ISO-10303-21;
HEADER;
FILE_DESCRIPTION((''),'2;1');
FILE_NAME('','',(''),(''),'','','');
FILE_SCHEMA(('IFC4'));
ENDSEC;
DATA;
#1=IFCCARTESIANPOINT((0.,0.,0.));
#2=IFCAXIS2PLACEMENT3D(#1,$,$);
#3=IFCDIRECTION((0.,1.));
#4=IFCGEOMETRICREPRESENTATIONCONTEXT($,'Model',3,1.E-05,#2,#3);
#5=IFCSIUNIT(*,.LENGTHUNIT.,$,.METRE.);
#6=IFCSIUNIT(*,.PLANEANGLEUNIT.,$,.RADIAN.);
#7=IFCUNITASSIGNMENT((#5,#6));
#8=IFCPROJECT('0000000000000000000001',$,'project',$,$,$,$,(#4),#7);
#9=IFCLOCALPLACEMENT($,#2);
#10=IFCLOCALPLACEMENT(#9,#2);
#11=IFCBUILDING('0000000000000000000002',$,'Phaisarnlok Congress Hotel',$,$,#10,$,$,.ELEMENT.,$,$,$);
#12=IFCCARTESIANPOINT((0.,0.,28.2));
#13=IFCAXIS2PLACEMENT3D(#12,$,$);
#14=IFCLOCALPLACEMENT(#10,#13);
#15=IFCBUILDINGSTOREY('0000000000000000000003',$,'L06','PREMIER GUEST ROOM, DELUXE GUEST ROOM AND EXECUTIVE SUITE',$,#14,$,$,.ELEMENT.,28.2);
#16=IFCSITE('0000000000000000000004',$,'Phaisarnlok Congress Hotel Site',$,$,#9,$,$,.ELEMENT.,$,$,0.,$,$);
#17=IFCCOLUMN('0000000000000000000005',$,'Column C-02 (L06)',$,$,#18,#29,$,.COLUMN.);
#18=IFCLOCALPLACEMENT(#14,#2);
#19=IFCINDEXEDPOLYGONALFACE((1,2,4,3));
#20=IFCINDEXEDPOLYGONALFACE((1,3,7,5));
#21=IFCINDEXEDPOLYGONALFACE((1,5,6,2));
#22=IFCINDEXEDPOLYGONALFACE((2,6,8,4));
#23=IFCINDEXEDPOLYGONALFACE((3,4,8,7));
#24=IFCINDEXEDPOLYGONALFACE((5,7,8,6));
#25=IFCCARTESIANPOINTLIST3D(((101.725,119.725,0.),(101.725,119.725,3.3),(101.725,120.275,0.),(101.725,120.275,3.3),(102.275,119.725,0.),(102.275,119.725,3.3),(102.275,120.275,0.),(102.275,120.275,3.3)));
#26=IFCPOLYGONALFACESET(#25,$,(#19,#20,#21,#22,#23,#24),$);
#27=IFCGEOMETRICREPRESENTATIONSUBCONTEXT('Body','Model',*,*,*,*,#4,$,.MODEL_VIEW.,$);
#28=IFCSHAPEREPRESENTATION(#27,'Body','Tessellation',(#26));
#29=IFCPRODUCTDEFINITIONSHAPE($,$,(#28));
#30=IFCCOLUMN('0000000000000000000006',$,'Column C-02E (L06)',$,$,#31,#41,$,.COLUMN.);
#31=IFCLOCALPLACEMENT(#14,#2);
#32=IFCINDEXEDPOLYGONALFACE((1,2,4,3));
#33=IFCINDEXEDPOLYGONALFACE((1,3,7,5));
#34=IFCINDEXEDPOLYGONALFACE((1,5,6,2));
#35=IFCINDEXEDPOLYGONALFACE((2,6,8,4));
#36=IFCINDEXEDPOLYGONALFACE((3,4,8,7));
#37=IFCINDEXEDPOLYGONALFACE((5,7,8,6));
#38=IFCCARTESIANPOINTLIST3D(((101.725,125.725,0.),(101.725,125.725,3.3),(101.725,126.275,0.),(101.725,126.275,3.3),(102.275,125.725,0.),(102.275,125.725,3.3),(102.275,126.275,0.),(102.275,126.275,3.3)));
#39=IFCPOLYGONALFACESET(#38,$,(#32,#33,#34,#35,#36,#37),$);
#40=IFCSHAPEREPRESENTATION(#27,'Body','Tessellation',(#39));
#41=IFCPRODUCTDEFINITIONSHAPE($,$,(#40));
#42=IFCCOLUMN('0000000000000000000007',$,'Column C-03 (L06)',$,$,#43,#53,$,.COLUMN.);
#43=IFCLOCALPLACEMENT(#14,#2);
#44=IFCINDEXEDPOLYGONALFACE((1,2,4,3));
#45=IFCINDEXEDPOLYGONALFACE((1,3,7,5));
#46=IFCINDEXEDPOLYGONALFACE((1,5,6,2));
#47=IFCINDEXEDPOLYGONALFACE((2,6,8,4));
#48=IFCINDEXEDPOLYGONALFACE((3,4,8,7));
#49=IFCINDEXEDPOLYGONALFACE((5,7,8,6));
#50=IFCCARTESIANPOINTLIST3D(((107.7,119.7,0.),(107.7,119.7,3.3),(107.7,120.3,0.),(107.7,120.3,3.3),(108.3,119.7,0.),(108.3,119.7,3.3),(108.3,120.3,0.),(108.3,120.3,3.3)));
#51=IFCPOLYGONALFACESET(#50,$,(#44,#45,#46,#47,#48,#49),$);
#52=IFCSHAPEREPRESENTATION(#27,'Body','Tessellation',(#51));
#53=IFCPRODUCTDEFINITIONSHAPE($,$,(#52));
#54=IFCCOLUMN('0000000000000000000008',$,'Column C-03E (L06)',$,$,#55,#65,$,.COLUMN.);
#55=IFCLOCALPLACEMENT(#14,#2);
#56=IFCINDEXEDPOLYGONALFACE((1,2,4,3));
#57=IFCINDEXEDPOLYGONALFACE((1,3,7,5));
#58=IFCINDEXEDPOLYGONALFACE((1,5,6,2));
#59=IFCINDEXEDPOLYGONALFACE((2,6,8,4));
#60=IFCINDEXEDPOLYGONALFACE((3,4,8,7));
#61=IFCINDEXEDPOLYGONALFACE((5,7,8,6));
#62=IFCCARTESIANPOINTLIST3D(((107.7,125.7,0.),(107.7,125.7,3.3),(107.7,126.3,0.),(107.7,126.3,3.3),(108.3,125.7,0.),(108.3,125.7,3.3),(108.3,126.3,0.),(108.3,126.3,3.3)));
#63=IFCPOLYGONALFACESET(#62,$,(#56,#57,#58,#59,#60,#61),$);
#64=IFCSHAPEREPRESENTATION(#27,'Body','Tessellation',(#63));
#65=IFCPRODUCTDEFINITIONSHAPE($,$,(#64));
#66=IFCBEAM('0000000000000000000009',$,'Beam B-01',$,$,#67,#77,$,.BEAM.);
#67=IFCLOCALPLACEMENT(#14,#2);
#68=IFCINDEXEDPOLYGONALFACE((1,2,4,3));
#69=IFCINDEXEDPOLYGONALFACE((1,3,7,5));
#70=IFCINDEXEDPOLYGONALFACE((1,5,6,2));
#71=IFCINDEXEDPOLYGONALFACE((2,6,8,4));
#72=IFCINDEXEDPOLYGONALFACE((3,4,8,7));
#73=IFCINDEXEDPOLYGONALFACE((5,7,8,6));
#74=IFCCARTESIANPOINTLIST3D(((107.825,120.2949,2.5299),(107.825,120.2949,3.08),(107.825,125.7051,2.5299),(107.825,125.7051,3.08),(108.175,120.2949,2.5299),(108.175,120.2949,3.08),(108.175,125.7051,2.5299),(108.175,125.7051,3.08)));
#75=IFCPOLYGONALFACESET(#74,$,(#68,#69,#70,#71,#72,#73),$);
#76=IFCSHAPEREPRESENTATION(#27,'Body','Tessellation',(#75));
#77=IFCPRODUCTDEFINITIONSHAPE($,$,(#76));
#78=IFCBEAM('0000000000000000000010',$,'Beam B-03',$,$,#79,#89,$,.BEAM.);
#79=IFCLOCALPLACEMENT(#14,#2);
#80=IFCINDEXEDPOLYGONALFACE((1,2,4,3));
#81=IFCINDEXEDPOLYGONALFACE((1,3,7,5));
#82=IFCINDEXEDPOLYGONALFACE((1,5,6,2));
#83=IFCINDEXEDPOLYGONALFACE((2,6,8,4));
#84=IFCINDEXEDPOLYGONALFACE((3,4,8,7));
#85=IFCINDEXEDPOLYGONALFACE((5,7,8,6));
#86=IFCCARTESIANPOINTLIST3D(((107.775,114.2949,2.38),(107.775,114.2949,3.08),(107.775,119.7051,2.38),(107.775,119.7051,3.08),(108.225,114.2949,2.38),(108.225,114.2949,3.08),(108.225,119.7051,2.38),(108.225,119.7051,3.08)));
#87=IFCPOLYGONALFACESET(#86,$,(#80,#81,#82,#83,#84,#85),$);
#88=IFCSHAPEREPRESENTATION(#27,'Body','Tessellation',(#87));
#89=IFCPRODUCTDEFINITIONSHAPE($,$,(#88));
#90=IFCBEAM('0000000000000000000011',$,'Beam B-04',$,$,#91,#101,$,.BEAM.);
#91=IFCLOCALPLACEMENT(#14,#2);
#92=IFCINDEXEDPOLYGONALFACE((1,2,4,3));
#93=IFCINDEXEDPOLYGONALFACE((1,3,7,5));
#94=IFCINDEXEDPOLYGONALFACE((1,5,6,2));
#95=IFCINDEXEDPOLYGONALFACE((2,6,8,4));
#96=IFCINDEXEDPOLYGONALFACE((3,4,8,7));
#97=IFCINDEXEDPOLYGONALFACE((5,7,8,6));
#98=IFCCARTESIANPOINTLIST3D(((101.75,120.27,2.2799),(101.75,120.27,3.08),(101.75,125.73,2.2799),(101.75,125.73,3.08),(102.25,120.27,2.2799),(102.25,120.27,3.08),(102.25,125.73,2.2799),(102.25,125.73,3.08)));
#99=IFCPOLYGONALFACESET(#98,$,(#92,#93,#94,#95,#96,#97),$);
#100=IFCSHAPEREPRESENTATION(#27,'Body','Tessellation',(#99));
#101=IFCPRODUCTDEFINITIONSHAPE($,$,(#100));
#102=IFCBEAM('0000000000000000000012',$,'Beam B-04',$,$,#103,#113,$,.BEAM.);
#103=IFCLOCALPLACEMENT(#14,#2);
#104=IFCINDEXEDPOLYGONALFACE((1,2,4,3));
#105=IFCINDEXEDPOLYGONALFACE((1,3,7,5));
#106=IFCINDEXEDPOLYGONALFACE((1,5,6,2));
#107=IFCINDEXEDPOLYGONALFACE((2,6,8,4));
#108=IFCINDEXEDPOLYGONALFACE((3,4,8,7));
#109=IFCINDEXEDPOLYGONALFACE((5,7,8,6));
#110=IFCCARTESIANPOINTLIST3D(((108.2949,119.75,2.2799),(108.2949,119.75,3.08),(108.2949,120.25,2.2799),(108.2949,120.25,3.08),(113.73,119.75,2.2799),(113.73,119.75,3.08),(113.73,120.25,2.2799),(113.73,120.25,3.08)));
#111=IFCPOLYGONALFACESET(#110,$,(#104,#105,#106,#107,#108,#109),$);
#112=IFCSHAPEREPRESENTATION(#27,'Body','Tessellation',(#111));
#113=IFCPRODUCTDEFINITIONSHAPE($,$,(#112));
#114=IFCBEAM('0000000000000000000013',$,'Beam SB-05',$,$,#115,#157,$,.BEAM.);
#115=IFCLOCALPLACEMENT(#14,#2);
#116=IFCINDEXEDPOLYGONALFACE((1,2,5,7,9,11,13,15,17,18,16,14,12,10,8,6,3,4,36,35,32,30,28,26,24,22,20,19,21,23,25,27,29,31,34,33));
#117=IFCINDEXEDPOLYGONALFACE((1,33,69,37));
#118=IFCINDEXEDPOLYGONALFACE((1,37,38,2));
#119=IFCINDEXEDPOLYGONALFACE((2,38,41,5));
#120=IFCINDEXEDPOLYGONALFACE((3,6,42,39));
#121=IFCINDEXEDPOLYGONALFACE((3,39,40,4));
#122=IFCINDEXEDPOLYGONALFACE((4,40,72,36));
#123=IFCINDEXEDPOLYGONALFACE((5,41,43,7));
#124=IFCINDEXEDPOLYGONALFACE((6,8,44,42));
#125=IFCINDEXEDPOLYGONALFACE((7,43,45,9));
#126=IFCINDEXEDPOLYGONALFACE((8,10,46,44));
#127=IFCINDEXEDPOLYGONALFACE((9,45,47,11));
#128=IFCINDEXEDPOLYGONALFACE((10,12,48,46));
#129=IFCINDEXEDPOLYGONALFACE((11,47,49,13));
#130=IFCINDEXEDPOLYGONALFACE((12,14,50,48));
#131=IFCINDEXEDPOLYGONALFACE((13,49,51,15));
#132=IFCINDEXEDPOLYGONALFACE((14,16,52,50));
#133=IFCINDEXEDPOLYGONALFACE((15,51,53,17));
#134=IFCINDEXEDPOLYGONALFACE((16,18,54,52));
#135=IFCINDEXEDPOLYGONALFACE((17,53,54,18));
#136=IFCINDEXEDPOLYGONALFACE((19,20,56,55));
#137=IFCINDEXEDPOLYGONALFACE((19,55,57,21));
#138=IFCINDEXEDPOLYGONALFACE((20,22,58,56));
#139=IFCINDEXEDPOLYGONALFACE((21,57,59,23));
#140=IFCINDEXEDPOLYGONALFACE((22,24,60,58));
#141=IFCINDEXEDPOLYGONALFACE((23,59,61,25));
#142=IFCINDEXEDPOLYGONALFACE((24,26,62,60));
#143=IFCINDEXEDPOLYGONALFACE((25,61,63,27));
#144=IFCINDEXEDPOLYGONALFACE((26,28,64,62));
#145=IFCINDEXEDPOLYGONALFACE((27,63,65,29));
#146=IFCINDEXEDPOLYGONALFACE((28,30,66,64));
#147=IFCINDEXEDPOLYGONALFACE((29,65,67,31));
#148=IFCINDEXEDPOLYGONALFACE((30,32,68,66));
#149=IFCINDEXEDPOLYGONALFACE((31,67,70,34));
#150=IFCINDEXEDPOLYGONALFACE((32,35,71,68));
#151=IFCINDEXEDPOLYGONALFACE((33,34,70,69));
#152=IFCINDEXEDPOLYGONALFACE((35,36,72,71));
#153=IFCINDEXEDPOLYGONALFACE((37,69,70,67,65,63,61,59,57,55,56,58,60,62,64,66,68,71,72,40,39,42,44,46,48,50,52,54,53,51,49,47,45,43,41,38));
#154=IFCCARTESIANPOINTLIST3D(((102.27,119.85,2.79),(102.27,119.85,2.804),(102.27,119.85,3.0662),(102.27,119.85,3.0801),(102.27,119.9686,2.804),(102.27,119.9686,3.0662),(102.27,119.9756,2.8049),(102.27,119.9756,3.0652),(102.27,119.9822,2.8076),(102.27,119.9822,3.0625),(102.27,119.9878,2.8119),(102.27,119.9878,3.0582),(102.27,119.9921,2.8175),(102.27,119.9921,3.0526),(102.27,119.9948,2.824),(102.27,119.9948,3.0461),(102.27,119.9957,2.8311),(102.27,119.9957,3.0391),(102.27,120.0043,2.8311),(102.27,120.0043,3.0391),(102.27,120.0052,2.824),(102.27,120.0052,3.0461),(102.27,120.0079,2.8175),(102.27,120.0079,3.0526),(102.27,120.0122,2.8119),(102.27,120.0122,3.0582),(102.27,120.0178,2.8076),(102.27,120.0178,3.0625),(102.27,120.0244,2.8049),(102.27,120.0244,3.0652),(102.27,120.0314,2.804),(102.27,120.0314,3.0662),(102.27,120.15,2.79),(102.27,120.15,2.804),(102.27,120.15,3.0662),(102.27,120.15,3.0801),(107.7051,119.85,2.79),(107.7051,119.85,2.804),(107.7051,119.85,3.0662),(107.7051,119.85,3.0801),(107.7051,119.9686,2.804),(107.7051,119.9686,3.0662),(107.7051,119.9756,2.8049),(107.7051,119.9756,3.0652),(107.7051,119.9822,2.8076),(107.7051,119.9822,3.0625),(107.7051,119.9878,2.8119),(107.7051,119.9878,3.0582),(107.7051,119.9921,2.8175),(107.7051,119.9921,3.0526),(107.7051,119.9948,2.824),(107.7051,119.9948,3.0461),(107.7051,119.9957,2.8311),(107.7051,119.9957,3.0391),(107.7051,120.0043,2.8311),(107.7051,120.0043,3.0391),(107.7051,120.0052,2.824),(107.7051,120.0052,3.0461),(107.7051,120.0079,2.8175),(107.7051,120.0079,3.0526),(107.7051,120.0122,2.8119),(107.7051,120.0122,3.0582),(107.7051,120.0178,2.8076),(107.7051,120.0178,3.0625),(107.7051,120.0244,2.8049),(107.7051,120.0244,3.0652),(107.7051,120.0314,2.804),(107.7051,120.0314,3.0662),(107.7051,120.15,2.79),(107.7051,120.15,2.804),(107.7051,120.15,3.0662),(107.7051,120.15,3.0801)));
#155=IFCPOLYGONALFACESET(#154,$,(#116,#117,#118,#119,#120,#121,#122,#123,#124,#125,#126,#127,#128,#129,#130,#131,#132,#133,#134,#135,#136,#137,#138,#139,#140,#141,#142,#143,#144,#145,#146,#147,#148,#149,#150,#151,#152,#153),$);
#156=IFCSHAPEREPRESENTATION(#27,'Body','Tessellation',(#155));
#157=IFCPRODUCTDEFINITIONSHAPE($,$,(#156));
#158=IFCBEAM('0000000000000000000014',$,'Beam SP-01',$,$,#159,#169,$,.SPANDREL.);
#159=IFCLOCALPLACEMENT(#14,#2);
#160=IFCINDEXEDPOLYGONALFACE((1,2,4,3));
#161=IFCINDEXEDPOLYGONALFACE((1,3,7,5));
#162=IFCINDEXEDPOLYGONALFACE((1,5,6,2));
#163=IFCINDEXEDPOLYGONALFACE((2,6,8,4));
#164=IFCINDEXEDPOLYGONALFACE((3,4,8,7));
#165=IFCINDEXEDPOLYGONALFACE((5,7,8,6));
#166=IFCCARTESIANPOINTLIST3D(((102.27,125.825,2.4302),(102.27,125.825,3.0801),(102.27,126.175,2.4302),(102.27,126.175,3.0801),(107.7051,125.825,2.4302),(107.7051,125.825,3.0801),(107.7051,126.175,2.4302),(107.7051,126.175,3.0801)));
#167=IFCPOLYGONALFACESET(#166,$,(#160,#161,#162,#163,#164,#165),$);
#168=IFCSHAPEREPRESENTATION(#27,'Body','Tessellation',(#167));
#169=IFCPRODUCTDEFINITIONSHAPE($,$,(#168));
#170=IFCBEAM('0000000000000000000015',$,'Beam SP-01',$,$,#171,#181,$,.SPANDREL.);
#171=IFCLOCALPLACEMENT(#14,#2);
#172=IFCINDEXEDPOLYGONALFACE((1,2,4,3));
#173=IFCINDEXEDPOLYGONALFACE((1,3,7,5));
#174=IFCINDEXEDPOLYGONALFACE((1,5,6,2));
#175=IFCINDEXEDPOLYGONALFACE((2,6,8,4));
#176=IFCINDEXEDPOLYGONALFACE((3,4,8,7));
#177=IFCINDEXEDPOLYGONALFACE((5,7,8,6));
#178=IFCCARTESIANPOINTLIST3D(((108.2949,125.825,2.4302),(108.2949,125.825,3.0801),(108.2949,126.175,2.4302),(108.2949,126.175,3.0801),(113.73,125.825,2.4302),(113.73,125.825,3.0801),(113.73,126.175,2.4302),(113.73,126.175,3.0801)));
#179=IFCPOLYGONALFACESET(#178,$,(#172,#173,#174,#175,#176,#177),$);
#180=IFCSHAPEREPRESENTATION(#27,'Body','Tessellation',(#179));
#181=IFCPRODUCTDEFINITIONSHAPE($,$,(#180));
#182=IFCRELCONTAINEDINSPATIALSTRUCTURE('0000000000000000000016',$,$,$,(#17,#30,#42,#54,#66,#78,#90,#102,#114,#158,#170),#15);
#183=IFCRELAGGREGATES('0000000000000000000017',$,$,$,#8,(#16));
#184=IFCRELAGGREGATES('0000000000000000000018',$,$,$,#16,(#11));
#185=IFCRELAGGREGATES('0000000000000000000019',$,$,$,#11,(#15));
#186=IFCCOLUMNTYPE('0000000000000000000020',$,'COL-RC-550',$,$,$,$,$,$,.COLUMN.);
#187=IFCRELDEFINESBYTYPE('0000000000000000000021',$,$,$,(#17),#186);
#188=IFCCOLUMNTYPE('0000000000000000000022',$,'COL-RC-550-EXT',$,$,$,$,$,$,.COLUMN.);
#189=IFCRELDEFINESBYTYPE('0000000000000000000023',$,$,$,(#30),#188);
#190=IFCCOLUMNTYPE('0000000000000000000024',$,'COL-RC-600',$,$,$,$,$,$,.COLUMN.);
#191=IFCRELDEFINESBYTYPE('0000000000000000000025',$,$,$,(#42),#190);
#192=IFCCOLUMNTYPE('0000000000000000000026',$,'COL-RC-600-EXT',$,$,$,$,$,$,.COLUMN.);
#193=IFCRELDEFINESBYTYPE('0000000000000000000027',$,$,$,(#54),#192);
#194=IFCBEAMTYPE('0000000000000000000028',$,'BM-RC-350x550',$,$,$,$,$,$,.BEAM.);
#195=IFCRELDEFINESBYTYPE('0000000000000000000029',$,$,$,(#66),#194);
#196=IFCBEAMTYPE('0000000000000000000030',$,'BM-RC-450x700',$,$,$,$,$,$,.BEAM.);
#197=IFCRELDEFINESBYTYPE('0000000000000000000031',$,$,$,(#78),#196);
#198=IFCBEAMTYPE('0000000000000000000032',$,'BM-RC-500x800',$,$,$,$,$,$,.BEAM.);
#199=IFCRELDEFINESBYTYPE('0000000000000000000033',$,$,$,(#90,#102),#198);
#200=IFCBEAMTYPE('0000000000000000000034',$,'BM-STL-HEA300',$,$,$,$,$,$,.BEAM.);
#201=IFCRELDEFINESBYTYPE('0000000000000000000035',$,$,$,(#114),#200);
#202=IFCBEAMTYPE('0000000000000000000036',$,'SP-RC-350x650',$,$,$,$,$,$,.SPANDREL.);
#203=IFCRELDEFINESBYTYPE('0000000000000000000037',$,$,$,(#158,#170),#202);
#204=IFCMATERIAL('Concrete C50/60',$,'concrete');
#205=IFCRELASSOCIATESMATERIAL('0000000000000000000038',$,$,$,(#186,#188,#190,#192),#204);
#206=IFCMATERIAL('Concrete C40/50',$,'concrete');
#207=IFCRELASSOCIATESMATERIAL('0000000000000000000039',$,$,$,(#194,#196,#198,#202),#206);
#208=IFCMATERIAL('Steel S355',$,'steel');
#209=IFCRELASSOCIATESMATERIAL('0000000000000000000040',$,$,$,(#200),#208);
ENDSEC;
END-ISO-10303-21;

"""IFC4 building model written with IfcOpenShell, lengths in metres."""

from ifc_helpers import new_model, si_unit, direction, frame, origin, origin_2d, place, context, subcontext, project, spatial, rectangle, i_section, extrude, material, material_profile, profile_set, type_object, element, save


model = new_model("IFC4")

# Units and contexts
model_context = context("Model", 3, precision=1e-05, world=origin(), true_north=direction((0.0, 1.0)))
body_context = subcontext(model_context, "Body", "Model", "MODEL_VIEW")
ifc_project = project(units=[si_unit("LENGTHUNIT", "METRE"), si_unit("PLANEANGLEUNIT", "RADIAN")], contexts=[model_context])

# Site, building, storey
site_placement = place(None, origin())
site = spatial("IfcSite", under=ifc_project, at=site_placement, Name="Phaisarnlok Congress Hotel Site", CompositionType="ELEMENT", RefElevation=0.0)
building_placement = place(site_placement, origin())
building = spatial("IfcBuilding", under=site, at=building_placement, Name="Phaisarnlok Congress Hotel", CompositionType="ELEMENT")
storey_placement = place(building_placement, frame((0.0, 0.0, 28.2)))
storey = spatial("IfcBuildingStorey", under=building, at=storey_placement, Name="L06", Description="PREMIER GUEST ROOM, DELUXE GUEST ROOM AND EXECUTIVE SUITE", CompositionType="ELEMENT", Elevation=28.2)

# Columns
ifc_material_1 = material(Name="Concrete C50/60", Category="concrete")
ifc_material_profile_1 = material_profile(ifc_material_1, rectangle(XDim=0.55, YDim=0.55, at=origin_2d()), Name="RC 550x550")
ifc_profile_set_1 = profile_set([ifc_material_profile_1], Name="Concrete C50/60")
column_type_1 = type_object("IfcColumnType", Name="COL-RC-550", PredefinedType="COLUMN", material=ifc_profile_set_1)
column_1_placement = place(storey_placement, frame((102.0, 120.0, 0.0), z_axis=(0.0, 0.0, 1.0), x_axis=(1.0, 0.0, 0.0)))
element("IfcColumn", 1, at=column_1_placement, inside=storey, type_object=column_type_1, Name="Column C-02 (L06)", PredefinedType="COLUMN", context=body_context, shape_type="SweptSolid", body=[
    extrude(rectangle(XDim=0.55, YDim=0.55, at=origin_2d()), origin(), (0.0, 0.0, 1.0), 3.3),
])
ifc_material_profile_2 = material_profile(ifc_material_1, rectangle(XDim=0.55, YDim=0.55, at=origin_2d()), Name="RC 550x550")
ifc_profile_set_2 = profile_set([ifc_material_profile_2], Name="Concrete C50/60")
column_type_2 = type_object("IfcColumnType", Name="COL-RC-550-EXT", PredefinedType="COLUMN", material=ifc_profile_set_2)
column_2_placement = place(storey_placement, frame((102.0, 126.0, 0.0), z_axis=(0.0, 0.0, 1.0), x_axis=(1.0, 0.0, 0.0)))
element("IfcColumn", 2, at=column_2_placement, inside=storey, type_object=column_type_2, Name="Column C-02E (L06)", PredefinedType="COLUMN", context=body_context, shape_type="SweptSolid", body=[
    extrude(rectangle(XDim=0.55, YDim=0.55, at=origin_2d()), origin(), (0.0, 0.0, 1.0), 3.3),
])
ifc_material_profile_3 = material_profile(ifc_material_1, rectangle(XDim=0.6001, YDim=0.6001, at=origin_2d()), Name="RC 600x600")
ifc_profile_set_3 = profile_set([ifc_material_profile_3], Name="Concrete C50/60")
column_type_3 = type_object("IfcColumnType", Name="COL-RC-600", PredefinedType="COLUMN", material=ifc_profile_set_3)
column_3_placement = place(storey_placement, frame((108.0, 120.0, 0.0), z_axis=(0.0, 0.0, 1.0), x_axis=(1.0, 0.0, 0.0)))
element("IfcColumn", 3, at=column_3_placement, inside=storey, type_object=column_type_3, Name="Column C-03 (L06)", PredefinedType="COLUMN", context=body_context, shape_type="SweptSolid", body=[
    extrude(rectangle(XDim=0.6001, YDim=0.6001, at=origin_2d()), origin(), (0.0, 0.0, 1.0), 3.3),
])
ifc_material_profile_4 = material_profile(ifc_material_1, rectangle(XDim=0.6001, YDim=0.6001, at=origin_2d()), Name="RC 600x600")
ifc_profile_set_4 = profile_set([ifc_material_profile_4], Name="Concrete C50/60")
column_type_4 = type_object("IfcColumnType", Name="COL-RC-600-EXT", PredefinedType="COLUMN", material=ifc_profile_set_4)
column_4_placement = place(storey_placement, frame((108.0, 126.0, 0.0), z_axis=(0.0, 0.0, 1.0), x_axis=(1.0, 0.0, 0.0)))
element("IfcColumn", 4, at=column_4_placement, inside=storey, type_object=column_type_4, Name="Column C-03E (L06)", PredefinedType="COLUMN", context=body_context, shape_type="SweptSolid", body=[
    extrude(rectangle(XDim=0.6001, YDim=0.6001, at=origin_2d()), origin(), (0.0, 0.0, 1.0), 3.3),
])

# Beams
ifc_material_2 = material(Name="Concrete C40/50", Category="concrete")
ifc_material_profile_5 = material_profile(ifc_material_2, rectangle(XDim=0.3501, YDim=0.55, at=origin_2d()), Name="RC 350x550")
ifc_profile_set_5 = profile_set([ifc_material_profile_5], Name="Concrete C40/50")
beam_type_1 = type_object("IfcBeamType", Name="BM-RC-350x550", PredefinedType="BEAM", material=ifc_profile_set_5)
beam_1_placement = place(storey_placement, frame((108.0, 120.2949, 2.8049), z_axis=(0.0, 1.0, 0.0), x_axis=(-1.0, 0.0, 0.0)))
element("IfcBeam", 5, at=beam_1_placement, inside=storey, type_object=beam_type_1, Name="Beam B-01", PredefinedType="BEAM", context=body_context, shape_type="SweptSolid", body=[
    extrude(rectangle(XDim=0.3501, YDim=0.55, at=origin_2d()), origin(), (0.0, 0.0, 1.0), 5.4102),
])
ifc_material_profile_6 = material_profile(ifc_material_2, rectangle(XDim=0.45, YDim=0.7, at=origin_2d()), Name="RC 450x700")
ifc_profile_set_6 = profile_set([ifc_material_profile_6], Name="Concrete C40/50")
beam_type_2 = type_object("IfcBeamType", Name="BM-RC-450x700", PredefinedType="BEAM", material=ifc_profile_set_6)
beam_2_placement = place(storey_placement, frame((108.0, 114.2949, 2.73), z_axis=(0.0, 1.0, 0.0), x_axis=(-1.0, 0.0, 0.0)))
element("IfcBeam", 6, at=beam_2_placement, inside=storey, type_object=beam_type_2, Name="Beam B-03", PredefinedType="BEAM", context=body_context, shape_type="SweptSolid", body=[
    extrude(rectangle(XDim=0.45, YDim=0.7, at=origin_2d()), origin(), (0.0, 0.0, 1.0), 5.4102),
])
ifc_material_profile_7 = material_profile(ifc_material_2, rectangle(XDim=0.5, YDim=0.8, at=origin_2d()), Name="RC 500x800")
ifc_profile_set_7 = profile_set([ifc_material_profile_7], Name="Concrete C40/50")
beam_type_3 = type_object("IfcBeamType", Name="BM-RC-500x800", PredefinedType="BEAM", material=ifc_profile_set_7)
beam_3_placement = place(storey_placement, frame((102.0, 120.27, 2.6799), z_axis=(0.0, 1.0, 0.0), x_axis=(-1.0, 0.0, 0.0)))
element("IfcBeam", 7, at=beam_3_placement, inside=storey, type_object=beam_type_3, Name="Beam B-04", PredefinedType="BEAM", context=body_context, shape_type="SweptSolid", body=[
    extrude(rectangle(XDim=0.5, YDim=0.8, at=origin_2d()), origin(), (0.0, 0.0, 1.0), 5.46),
])
beam_4_placement = place(storey_placement, frame((108.2949, 120.0, 2.6799), z_axis=(1.0, 0.0, 0.0), x_axis=(0.0, 1.0, 0.0)))
element("IfcBeam", 8, at=beam_4_placement, inside=storey, type_object=beam_type_3, Name="Beam B-04", PredefinedType="BEAM", context=body_context, shape_type="SweptSolid", body=[
    extrude(rectangle(XDim=0.5, YDim=0.8, at=origin_2d()), origin(), (0.0, 0.0, 1.0), 5.4351),
])
ifc_material_3 = material(Name="Steel S355", Category="steel")
ifc_material_profile_8 = material_profile(ifc_material_3, i_section(OverallWidth=0.3, OverallDepth=0.29, WebThickness=0.0085, FlangeThickness=0.0139, FilletRadius=0.0271, at=origin_2d()), Name="HEA 300")
ifc_profile_set_8 = profile_set([ifc_material_profile_8], Name="Steel S355")
beam_type_4 = type_object("IfcBeamType", Name="BM-STL-HEA300", PredefinedType="BEAM", material=ifc_profile_set_8)
beam_5_placement = place(storey_placement, frame((102.27, 120.0, 2.9351), z_axis=(1.0, 0.0, 0.0), x_axis=(0.0, 1.0, 0.0)))
element("IfcBeam", 9, at=beam_5_placement, inside=storey, type_object=beam_type_4, Name="Beam SB-05", PredefinedType="BEAM", context=body_context, shape_type="SweptSolid", body=[
    extrude(i_section(OverallWidth=0.3, OverallDepth=0.29, WebThickness=0.0085, FlangeThickness=0.0139, FilletRadius=0.0271, at=origin_2d()), origin(), (0.0, 0.0, 1.0), 5.4351),
])
ifc_material_profile_9 = material_profile(ifc_material_2, rectangle(XDim=0.3501, YDim=0.6499, at=origin_2d()), Name="RC 350x650")
ifc_profile_set_9 = profile_set([ifc_material_profile_9], Name="Concrete C40/50")
beam_type_5 = type_object("IfcBeamType", Name="SP-RC-350x650", PredefinedType="SPANDREL", material=ifc_profile_set_9)
for number, where, z_axis, x_axis, name in (
    (10, (102.27, 126.0, 2.7551), (1.0, 0.0, 0.0), (0.0, 1.0, 0.0), "Beam SP-01"),
    (11, (108.2949, 126.0, 2.7551), (1.0, 0.0, 0.0), (0.0, 1.0, 0.0), "Beam SP-01"),
):
    element("IfcBeam", number, at=place(storey_placement, frame(where, z_axis=z_axis, x_axis=x_axis)), inside=storey, type_object=beam_type_5, Name=name, PredefinedType="SPANDREL", context=body_context, shape_type="SweptSolid", body=[
        extrude(rectangle(XDim=0.3501, YDim=0.6499, at=origin_2d()), origin(), (0.0, 0.0, 1.0), 5.4351),
    ])

save(model, "model.ifc")
